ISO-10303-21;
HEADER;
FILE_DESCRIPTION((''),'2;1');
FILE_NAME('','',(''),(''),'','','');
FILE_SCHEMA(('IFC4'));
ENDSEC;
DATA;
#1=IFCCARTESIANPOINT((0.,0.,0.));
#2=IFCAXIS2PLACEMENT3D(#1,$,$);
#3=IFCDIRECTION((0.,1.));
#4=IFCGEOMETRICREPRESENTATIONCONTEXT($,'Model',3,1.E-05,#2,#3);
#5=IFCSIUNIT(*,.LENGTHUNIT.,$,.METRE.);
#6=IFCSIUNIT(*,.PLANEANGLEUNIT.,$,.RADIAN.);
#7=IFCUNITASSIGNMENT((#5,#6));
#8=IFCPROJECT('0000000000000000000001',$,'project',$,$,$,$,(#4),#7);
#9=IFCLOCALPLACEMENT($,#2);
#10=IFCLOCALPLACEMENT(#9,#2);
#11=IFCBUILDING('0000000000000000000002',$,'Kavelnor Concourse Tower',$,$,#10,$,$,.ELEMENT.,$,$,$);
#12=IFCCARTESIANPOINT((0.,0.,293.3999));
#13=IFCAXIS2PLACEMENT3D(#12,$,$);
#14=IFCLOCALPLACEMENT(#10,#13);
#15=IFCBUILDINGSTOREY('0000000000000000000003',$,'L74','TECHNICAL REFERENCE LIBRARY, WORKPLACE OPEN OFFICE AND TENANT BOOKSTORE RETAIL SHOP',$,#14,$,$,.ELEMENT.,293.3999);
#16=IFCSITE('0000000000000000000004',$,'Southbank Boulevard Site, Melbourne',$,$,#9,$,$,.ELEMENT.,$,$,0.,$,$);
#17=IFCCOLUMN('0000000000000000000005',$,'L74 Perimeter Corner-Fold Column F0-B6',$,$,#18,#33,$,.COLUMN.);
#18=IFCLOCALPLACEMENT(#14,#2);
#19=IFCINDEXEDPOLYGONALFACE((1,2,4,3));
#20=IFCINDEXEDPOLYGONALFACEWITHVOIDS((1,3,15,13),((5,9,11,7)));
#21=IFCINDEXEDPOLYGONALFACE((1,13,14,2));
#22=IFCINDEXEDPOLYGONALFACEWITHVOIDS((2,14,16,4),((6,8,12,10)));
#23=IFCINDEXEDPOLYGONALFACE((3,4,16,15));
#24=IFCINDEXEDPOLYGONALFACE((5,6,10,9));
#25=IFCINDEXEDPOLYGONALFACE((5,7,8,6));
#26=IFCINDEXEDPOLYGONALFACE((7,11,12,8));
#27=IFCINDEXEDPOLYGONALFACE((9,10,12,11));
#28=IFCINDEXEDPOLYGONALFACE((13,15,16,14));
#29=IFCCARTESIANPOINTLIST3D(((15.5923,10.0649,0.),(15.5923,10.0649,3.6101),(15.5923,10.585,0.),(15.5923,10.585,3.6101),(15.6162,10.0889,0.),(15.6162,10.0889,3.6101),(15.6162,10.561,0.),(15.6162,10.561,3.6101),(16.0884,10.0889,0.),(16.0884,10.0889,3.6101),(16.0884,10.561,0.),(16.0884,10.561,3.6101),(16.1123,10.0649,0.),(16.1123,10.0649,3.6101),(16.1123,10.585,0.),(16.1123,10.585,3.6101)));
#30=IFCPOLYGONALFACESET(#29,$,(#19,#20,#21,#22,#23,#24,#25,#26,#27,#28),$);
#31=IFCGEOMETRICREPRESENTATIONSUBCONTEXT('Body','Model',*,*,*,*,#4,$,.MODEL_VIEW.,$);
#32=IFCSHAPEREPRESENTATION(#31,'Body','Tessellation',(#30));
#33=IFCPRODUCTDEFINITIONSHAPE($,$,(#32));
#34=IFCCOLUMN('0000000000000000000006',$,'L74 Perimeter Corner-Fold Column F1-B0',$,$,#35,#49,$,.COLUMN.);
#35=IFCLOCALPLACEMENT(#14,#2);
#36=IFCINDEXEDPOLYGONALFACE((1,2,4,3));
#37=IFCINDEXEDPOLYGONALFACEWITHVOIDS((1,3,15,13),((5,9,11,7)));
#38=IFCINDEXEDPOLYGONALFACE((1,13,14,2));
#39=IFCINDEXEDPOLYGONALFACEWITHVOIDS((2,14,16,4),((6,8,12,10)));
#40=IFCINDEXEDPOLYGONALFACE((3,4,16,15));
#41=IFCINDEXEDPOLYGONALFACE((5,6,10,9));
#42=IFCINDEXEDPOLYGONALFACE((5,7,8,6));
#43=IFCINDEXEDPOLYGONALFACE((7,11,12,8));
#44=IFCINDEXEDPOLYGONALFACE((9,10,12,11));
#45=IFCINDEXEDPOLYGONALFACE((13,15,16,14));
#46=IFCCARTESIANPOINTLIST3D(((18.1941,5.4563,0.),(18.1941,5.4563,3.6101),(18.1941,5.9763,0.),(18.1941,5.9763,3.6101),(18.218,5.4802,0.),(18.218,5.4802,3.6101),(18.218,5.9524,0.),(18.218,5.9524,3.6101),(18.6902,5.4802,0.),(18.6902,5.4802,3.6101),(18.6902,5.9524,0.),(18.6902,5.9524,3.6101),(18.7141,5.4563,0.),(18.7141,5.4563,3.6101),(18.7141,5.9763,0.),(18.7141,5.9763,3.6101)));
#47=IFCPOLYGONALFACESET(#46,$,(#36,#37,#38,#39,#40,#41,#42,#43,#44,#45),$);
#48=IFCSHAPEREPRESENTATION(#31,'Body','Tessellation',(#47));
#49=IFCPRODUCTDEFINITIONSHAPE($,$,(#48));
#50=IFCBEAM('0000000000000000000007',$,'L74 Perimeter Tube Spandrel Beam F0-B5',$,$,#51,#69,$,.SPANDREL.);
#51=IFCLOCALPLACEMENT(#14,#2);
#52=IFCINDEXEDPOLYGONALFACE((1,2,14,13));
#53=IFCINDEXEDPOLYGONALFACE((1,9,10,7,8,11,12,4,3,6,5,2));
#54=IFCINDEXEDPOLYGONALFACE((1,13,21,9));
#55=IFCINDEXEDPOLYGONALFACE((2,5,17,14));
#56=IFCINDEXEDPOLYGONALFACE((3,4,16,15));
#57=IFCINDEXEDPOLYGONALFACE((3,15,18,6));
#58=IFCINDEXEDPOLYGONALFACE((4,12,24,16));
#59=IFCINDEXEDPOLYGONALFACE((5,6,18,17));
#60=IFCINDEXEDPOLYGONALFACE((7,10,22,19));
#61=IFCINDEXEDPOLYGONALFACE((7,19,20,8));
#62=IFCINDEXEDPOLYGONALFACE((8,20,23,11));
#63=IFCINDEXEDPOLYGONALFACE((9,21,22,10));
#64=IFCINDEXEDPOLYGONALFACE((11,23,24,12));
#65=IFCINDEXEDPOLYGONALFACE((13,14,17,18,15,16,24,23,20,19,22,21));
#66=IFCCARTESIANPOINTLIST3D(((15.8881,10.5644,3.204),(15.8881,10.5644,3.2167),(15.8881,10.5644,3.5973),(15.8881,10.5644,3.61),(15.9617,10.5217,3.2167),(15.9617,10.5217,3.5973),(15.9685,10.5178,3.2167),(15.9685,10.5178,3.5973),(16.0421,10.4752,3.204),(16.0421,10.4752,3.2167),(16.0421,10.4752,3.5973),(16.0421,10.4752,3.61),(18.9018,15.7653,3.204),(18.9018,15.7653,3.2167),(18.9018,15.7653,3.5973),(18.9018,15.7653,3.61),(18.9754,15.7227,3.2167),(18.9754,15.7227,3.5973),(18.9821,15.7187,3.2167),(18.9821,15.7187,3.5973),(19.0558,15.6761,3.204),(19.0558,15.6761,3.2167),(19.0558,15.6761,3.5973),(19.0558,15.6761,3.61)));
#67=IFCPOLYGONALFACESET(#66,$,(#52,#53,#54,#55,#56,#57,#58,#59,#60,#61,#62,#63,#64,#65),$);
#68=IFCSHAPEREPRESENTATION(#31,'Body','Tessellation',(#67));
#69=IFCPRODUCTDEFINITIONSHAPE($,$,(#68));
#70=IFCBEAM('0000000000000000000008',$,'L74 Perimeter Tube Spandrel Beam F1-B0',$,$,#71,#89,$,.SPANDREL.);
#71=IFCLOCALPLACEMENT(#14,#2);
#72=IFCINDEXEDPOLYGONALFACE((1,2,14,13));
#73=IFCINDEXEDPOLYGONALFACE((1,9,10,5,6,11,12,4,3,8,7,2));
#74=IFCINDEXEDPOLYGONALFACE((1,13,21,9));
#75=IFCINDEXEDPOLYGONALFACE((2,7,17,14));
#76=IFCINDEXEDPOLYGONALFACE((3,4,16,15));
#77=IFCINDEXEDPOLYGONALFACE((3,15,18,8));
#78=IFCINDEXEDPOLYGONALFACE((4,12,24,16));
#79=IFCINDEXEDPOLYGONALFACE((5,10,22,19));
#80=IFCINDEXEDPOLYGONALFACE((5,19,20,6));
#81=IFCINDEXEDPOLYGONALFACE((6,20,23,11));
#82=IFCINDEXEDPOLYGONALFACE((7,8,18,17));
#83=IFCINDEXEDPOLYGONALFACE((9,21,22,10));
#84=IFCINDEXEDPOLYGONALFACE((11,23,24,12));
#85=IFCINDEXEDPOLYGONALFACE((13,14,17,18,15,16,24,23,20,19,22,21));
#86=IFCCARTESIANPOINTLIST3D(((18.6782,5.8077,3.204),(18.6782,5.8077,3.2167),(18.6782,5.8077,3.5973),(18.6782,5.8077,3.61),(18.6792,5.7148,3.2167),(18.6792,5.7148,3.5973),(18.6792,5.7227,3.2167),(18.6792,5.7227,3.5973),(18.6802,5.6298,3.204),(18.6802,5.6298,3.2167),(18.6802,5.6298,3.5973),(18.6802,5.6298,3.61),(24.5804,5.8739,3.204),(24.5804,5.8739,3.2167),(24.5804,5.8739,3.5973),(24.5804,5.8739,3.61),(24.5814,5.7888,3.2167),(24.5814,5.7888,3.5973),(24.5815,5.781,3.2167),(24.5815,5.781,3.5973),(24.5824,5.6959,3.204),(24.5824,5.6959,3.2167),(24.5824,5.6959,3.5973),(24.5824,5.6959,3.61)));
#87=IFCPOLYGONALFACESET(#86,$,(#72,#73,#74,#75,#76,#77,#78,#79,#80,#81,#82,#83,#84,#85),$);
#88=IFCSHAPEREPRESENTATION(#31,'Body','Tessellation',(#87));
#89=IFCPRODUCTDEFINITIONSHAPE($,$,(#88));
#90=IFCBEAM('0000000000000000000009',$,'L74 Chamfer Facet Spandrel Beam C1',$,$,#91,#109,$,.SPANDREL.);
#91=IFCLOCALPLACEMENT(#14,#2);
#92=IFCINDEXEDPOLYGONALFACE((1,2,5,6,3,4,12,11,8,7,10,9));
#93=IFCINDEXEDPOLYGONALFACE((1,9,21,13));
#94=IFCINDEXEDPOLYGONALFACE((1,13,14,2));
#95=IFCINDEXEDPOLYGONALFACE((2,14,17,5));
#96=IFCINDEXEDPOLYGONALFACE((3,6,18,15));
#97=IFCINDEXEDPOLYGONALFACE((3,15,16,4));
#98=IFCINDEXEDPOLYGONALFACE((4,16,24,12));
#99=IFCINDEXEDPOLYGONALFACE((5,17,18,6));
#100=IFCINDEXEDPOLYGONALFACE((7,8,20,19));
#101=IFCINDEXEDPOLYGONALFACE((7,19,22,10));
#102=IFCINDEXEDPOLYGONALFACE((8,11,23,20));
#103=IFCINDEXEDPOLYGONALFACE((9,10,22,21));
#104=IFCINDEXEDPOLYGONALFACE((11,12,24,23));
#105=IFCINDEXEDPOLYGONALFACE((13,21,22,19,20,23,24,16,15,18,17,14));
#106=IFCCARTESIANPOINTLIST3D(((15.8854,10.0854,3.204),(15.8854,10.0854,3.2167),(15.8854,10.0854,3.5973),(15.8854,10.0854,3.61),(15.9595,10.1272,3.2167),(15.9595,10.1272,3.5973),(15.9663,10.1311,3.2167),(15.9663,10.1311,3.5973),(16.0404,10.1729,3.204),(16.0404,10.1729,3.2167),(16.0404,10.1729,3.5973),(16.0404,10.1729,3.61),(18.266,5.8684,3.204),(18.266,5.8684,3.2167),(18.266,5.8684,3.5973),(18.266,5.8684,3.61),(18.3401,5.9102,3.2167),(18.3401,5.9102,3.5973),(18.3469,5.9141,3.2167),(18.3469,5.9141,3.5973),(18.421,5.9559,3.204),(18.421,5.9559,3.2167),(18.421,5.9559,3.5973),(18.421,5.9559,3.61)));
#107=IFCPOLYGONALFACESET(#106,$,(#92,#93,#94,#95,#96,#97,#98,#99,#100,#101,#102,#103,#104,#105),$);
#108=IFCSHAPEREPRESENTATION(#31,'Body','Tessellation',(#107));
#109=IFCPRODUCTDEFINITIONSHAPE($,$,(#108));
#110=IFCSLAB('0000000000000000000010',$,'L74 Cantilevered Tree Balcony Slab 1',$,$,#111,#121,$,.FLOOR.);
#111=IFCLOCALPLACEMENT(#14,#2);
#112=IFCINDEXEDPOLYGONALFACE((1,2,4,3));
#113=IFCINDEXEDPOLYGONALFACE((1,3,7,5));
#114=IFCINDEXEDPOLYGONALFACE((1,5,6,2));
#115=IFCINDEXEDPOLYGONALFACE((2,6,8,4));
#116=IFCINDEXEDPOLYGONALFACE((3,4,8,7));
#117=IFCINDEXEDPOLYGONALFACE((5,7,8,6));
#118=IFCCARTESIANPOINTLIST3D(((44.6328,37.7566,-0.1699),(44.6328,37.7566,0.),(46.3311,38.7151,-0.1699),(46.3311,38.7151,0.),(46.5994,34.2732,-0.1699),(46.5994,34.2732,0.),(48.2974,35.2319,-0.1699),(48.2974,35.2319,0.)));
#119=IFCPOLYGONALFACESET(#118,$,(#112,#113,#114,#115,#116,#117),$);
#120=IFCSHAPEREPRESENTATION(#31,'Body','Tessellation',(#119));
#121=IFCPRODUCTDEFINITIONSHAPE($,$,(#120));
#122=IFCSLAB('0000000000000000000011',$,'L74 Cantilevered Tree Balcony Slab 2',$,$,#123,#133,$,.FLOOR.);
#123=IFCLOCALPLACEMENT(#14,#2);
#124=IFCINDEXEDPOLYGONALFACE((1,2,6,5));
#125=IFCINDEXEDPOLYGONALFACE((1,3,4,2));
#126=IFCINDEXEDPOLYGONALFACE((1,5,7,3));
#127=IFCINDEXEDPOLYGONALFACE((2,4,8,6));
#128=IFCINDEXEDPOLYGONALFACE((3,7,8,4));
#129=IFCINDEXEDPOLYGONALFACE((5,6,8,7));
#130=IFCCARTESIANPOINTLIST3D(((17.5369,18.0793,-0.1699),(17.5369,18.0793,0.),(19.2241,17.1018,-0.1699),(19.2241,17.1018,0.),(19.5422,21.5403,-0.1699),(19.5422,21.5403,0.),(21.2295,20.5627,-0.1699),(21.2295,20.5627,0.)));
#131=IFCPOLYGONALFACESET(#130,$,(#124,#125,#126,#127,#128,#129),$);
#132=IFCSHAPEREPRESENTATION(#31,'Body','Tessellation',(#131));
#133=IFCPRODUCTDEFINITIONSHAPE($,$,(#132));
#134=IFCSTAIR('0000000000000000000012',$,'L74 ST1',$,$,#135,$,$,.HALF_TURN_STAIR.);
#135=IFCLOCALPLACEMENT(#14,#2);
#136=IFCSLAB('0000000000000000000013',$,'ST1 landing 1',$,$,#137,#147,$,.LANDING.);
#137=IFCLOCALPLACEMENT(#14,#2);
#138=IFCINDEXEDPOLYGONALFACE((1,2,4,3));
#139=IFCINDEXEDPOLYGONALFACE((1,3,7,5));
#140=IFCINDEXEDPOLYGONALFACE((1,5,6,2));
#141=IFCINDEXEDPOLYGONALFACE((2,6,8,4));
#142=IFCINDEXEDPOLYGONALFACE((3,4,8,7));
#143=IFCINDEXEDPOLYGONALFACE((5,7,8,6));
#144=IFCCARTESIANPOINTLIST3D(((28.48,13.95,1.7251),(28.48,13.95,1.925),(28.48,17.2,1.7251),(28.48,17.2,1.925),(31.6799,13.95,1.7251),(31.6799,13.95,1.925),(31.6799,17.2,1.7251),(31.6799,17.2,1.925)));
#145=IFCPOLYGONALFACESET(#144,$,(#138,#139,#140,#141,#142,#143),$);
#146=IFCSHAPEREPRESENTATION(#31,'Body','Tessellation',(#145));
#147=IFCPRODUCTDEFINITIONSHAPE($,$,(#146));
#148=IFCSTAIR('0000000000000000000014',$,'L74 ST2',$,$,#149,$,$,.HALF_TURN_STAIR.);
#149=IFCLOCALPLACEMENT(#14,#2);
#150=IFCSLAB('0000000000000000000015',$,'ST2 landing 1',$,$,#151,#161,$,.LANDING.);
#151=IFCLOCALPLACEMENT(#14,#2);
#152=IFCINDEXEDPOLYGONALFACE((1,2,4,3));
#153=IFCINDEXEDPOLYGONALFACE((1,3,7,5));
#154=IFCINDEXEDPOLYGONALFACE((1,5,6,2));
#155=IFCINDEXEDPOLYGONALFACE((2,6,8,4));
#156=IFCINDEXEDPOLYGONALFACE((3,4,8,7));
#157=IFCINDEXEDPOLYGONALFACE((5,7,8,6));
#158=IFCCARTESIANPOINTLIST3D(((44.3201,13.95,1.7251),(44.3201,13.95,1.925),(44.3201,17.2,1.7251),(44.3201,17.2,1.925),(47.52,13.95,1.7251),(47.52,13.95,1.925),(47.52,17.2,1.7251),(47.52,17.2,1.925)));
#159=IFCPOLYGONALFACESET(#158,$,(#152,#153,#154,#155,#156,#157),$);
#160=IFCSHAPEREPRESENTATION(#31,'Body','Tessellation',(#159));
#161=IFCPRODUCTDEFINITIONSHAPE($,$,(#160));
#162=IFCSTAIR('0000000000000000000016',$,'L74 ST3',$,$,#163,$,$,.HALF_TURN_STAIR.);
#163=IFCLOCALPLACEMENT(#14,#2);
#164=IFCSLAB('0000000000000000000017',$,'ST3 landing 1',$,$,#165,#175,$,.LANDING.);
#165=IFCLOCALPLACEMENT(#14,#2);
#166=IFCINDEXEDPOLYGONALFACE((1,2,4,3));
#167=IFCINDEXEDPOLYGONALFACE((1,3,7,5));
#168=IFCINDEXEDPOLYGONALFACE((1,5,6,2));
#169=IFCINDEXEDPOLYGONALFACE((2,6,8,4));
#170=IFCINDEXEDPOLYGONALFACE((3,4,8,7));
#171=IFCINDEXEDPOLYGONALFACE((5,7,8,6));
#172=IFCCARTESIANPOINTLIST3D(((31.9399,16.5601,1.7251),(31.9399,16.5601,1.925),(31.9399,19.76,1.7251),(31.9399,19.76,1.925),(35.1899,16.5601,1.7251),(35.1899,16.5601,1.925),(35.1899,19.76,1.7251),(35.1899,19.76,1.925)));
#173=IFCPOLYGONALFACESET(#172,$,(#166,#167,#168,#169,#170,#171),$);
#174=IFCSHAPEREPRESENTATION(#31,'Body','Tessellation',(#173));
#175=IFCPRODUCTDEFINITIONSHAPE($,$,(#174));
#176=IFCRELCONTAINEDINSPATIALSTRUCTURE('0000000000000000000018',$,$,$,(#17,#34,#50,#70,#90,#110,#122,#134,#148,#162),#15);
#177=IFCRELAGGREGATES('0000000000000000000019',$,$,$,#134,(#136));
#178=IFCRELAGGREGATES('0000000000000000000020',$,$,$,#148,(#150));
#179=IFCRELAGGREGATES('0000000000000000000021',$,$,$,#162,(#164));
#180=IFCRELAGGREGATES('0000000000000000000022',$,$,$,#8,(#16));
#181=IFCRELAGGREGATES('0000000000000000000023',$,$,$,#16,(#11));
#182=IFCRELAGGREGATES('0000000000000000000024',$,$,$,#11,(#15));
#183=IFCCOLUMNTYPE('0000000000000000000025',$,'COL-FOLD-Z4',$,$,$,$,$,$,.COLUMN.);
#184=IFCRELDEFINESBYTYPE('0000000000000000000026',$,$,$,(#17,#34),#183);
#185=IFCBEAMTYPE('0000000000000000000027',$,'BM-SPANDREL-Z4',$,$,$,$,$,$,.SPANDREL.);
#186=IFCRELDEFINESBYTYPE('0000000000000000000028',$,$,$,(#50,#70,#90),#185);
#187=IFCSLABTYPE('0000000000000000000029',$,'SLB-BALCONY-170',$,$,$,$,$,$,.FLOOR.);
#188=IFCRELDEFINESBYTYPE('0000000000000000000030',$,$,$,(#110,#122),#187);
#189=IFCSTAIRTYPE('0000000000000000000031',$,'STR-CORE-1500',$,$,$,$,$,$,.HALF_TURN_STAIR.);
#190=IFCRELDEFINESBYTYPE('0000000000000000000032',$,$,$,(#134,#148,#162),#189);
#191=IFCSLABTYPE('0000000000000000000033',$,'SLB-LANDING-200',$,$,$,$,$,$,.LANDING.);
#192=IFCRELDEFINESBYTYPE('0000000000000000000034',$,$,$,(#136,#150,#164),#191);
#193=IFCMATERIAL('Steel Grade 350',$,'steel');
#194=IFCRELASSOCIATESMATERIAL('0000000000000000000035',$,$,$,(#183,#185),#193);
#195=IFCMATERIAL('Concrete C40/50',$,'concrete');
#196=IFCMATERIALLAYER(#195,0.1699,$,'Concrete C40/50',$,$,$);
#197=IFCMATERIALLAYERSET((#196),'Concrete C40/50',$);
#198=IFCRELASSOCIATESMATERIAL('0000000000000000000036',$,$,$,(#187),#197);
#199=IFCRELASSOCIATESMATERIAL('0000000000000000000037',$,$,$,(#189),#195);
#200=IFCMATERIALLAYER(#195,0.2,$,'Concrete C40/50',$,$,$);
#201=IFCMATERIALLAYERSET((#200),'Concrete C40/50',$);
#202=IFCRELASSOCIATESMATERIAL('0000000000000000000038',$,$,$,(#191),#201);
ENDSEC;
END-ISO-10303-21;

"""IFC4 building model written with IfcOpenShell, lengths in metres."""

from ifc_helpers import new_model, si_unit, direction, frame, origin, origin_2d, place, context, subcontext, project, spatial, polyline, hollow_rectangle, i_section, outline, extrude, material, layer, layer_set, material_profile, profile_set, type_object, element, aggregate, save


model = new_model("IFC4")

# Units and contexts
model_context = context("Model", 3, precision=1e-05, world=origin(), true_north=direction((0.0, 1.0)))
body_context = subcontext(model_context, "Body", "Model", "MODEL_VIEW")
ifc_project = project(units=[si_unit("LENGTHUNIT", "METRE"), si_unit("PLANEANGLEUNIT", "RADIAN")], contexts=[model_context])

# Site, building, storey
site_placement = place(None, origin())
site = spatial("IfcSite", under=ifc_project, at=site_placement, Name="Southbank Boulevard Site, Melbourne", CompositionType="ELEMENT", RefElevation=0.0)
building_placement = place(site_placement, origin())
building = spatial("IfcBuilding", under=site, at=building_placement, Name="Kavelnor Concourse Tower", CompositionType="ELEMENT")
storey_placement = place(building_placement, frame((0.0, 0.0, 293.3999)))
storey = spatial("IfcBuildingStorey", under=building, at=storey_placement, Name="L74", Description="TECHNICAL REFERENCE LIBRARY, WORKPLACE OPEN OFFICE AND TENANT BOOKSTORE RETAIL SHOP", CompositionType="ELEMENT", Elevation=293.3999)

# Columns
ifc_material_1 = material(Name="Steel Grade 350", Category="steel")
ifc_material_profile_1 = material_profile(ifc_material_1, hollow_rectangle(XDim=0.52, YDim=0.52, WallThickness=0.0239, at=origin_2d()), Name="SHS 520x520x24")
ifc_profile_set_1 = profile_set([ifc_material_profile_1], Name="Steel Grade 350")
column_type = type_object("IfcColumnType", Name="COL-FOLD-Z4", PredefinedType="COLUMN", material=ifc_profile_set_1)
for number, where, z_axis, x_axis, name in (
    (1, (15.8523, 10.325, 0.0), (0.0, 0.0, 1.0), (1.0, 0.0, 0.0), "L74 Perimeter Corner-Fold Column F0-B6"),
    (2, (18.4541, 5.7163, 0.0), (0.0, 0.0, 1.0), (1.0, 0.0, 0.0), "L74 Perimeter Corner-Fold Column F1-B0"),
):
    element("IfcColumn", number, at=place(storey_placement, frame(where, z_axis=z_axis, x_axis=x_axis)), inside=storey, type_object=column_type, Name=name, PredefinedType="COLUMN", context=body_context, shape_type="SweptSolid", body=[
        extrude(hollow_rectangle(XDim=0.52, YDim=0.52, WallThickness=0.0239, at=origin_2d()), origin(), (0.0, 0.0, 1.0), 3.6101),
    ])

# Beams
ifc_material_profile_2 = material_profile(ifc_material_1, i_section(OverallWidth=0.178, OverallDepth=0.406, WebThickness=0.0078, FlangeThickness=0.0127, at=origin_2d()), Name="410UB59")
ifc_profile_set_2 = profile_set([ifc_material_profile_2], Name="Steel Grade 350")
beam_type = type_object("IfcBeamType", Name="BM-SPANDREL-Z4", PredefinedType="SPANDREL", material=ifc_profile_set_2)
beam_1_placement = place(storey_placement, frame((18.9788, 15.7207, 3.407), z_axis=(-0.501361, -0.865238, 0.0), x_axis=(0.865238, -0.501361, 0.0)))
element("IfcBeam", 3, at=beam_1_placement, inside=storey, type_object=beam_type, Name="L74 Perimeter Tube Spandrel Beam F0-B5", PredefinedType="SPANDREL", context=body_context, shape_type="SweptSolid", body=[
    extrude(i_section(OverallWidth=0.178, OverallDepth=0.406, WebThickness=0.0078, FlangeThickness=0.0127, at=origin_2d()), origin(), (0.0, 0.0, 1.0), 6.011),
])
beam_2_placement = place(storey_placement, frame((18.6792, 5.7188, 3.407), z_axis=(0.999937, 0.011209, 0.0), x_axis=(-0.011209, 0.999937, 0.0)))
element("IfcBeam", 4, at=beam_2_placement, inside=storey, type_object=beam_type, Name="L74 Perimeter Tube Spandrel Beam F1-B0", PredefinedType="SPANDREL", context=body_context, shape_type="SweptSolid", body=[
    extrude(i_section(OverallWidth=0.178, OverallDepth=0.406, WebThickness=0.0078, FlangeThickness=0.0127, at=origin_2d()), origin(), (0.0, 0.0, 1.0), 5.9026),
])
beam_3_placement = place(storey_placement, frame((15.9629, 10.1292, 3.407), z_axis=(0.491599, -0.870822, 0.0), x_axis=(0.870822, 0.491599, 0.0)))
element("IfcBeam", 5, at=beam_3_placement, inside=storey, type_object=beam_type, Name="L74 Chamfer Facet Spandrel Beam C1", PredefinedType="SPANDREL", context=body_context, shape_type="SweptSolid", body=[
    extrude(i_section(OverallWidth=0.178, OverallDepth=0.406, WebThickness=0.0078, FlangeThickness=0.0127, at=origin_2d()), origin(), (0.0, 0.0, 1.0), 4.8425),
])

# Slabs
ifc_material_2 = material(Name="Concrete C40/50", Category="concrete")
ifc_layer_1 = layer(ifc_material_2, 0.1699, Name="Concrete C40/50")
ifc_layer_set_1 = layer_set([ifc_layer_1], Name="Concrete C40/50")
slab_type_1 = type_object("IfcSlabType", Name="SLB-BALCONY-170", PredefinedType="FLOOR", material=ifc_layer_set_1)
slab_1_placement = place(storey_placement, frame((0.0, 0.0, -0.1699)))
element("IfcSlab", 6, at=slab_1_placement, inside=storey, type_object=slab_type_1, Name="L74 Cantilevered Tree Balcony Slab 1", PredefinedType="FLOOR", context=body_context, shape_type="SweptSolid", body=[
    extrude(outline(polyline([(46.3311, 38.7151), (48.2974, 35.2319), (46.5994, 34.2732), (44.6328, 37.7566), (46.3311, 38.7151)])), origin(), (0.0, 0.0, 1.0), 0.1699),
])
slab_2_placement = place(storey_placement, frame((0.0, 0.0, -0.1699)))
element("IfcSlab", 7, at=slab_2_placement, inside=storey, type_object=slab_type_1, Name="L74 Cantilevered Tree Balcony Slab 2", PredefinedType="FLOOR", context=body_context, shape_type="SweptSolid", body=[
    extrude(outline(polyline([(17.5369, 18.0793), (19.5422, 21.5403), (21.2295, 20.5627), (19.2241, 17.1018), (17.5369, 18.0793)])), origin(), (0.0, 0.0, 1.0), 0.1699),
])

# Stairs, slabs
stair_type = type_object("IfcStairType", Name="STR-CORE-1500", PredefinedType="HALF_TURN_STAIR", material=ifc_material_2)
stair_1_placement = place(storey_placement, origin())
stair_1 = element("IfcStair", 8, at=stair_1_placement, inside=storey, type_object=stair_type, Name="L74 ST1", PredefinedType="HALF_TURN_STAIR")
ifc_layer_2 = layer(ifc_material_2, 0.2, Name="Concrete C40/50")
ifc_layer_set_2 = layer_set([ifc_layer_2], Name="Concrete C40/50")
slab_type_2 = type_object("IfcSlabType", Name="SLB-LANDING-200", PredefinedType="LANDING", material=ifc_layer_set_2)
slab_3_placement = place(storey_placement, frame((0.0, 0.0, 1.7251)))
slab_3 = element("IfcSlab", 9, at=slab_3_placement, type_object=slab_type_2, Name="ST1 landing 1", PredefinedType="LANDING", context=body_context, shape_type="SweptSolid", body=[
    extrude(outline(polyline([(31.6799, 13.95), (31.6799, 17.2), (28.48, 17.2), (28.48, 13.95), (31.6799, 13.95)])), origin(), (0.0, 0.0, 1.0), 0.2),
])
aggregate(stair_1, [slab_3])
stair_2_placement = place(storey_placement, origin())
stair_2 = element("IfcStair", 10, at=stair_2_placement, inside=storey, type_object=stair_type, Name="L74 ST2", PredefinedType="HALF_TURN_STAIR")
slab_4_placement = place(storey_placement, frame((0.0, 0.0, 1.7251)))
slab_4 = element("IfcSlab", 11, at=slab_4_placement, type_object=slab_type_2, Name="ST2 landing 1", PredefinedType="LANDING", context=body_context, shape_type="SweptSolid", body=[
    extrude(outline(polyline([(47.52, 13.95), (47.52, 17.2), (44.3201, 17.2), (44.3201, 13.95), (47.52, 13.95)])), origin(), (0.0, 0.0, 1.0), 0.2),
])
aggregate(stair_2, [slab_4])
stair_3_placement = place(storey_placement, origin())
stair_3 = element("IfcStair", 12, at=stair_3_placement, inside=storey, type_object=stair_type, Name="L74 ST3", PredefinedType="HALF_TURN_STAIR")
slab_5_placement = place(storey_placement, frame((0.0, 0.0, 1.7251)))
slab_5 = element("IfcSlab", 13, at=slab_5_placement, type_object=slab_type_2, Name="ST3 landing 1", PredefinedType="LANDING", context=body_context, shape_type="SweptSolid", body=[
    extrude(outline(polyline([(35.1899, 19.76), (31.9399, 19.76), (31.9399, 16.5601), (35.1899, 16.5601), (35.1899, 19.76)])), origin(), (0.0, 0.0, 1.0), 0.2),
])
aggregate(stair_3, [slab_5])

save(model, "model.ifc")
